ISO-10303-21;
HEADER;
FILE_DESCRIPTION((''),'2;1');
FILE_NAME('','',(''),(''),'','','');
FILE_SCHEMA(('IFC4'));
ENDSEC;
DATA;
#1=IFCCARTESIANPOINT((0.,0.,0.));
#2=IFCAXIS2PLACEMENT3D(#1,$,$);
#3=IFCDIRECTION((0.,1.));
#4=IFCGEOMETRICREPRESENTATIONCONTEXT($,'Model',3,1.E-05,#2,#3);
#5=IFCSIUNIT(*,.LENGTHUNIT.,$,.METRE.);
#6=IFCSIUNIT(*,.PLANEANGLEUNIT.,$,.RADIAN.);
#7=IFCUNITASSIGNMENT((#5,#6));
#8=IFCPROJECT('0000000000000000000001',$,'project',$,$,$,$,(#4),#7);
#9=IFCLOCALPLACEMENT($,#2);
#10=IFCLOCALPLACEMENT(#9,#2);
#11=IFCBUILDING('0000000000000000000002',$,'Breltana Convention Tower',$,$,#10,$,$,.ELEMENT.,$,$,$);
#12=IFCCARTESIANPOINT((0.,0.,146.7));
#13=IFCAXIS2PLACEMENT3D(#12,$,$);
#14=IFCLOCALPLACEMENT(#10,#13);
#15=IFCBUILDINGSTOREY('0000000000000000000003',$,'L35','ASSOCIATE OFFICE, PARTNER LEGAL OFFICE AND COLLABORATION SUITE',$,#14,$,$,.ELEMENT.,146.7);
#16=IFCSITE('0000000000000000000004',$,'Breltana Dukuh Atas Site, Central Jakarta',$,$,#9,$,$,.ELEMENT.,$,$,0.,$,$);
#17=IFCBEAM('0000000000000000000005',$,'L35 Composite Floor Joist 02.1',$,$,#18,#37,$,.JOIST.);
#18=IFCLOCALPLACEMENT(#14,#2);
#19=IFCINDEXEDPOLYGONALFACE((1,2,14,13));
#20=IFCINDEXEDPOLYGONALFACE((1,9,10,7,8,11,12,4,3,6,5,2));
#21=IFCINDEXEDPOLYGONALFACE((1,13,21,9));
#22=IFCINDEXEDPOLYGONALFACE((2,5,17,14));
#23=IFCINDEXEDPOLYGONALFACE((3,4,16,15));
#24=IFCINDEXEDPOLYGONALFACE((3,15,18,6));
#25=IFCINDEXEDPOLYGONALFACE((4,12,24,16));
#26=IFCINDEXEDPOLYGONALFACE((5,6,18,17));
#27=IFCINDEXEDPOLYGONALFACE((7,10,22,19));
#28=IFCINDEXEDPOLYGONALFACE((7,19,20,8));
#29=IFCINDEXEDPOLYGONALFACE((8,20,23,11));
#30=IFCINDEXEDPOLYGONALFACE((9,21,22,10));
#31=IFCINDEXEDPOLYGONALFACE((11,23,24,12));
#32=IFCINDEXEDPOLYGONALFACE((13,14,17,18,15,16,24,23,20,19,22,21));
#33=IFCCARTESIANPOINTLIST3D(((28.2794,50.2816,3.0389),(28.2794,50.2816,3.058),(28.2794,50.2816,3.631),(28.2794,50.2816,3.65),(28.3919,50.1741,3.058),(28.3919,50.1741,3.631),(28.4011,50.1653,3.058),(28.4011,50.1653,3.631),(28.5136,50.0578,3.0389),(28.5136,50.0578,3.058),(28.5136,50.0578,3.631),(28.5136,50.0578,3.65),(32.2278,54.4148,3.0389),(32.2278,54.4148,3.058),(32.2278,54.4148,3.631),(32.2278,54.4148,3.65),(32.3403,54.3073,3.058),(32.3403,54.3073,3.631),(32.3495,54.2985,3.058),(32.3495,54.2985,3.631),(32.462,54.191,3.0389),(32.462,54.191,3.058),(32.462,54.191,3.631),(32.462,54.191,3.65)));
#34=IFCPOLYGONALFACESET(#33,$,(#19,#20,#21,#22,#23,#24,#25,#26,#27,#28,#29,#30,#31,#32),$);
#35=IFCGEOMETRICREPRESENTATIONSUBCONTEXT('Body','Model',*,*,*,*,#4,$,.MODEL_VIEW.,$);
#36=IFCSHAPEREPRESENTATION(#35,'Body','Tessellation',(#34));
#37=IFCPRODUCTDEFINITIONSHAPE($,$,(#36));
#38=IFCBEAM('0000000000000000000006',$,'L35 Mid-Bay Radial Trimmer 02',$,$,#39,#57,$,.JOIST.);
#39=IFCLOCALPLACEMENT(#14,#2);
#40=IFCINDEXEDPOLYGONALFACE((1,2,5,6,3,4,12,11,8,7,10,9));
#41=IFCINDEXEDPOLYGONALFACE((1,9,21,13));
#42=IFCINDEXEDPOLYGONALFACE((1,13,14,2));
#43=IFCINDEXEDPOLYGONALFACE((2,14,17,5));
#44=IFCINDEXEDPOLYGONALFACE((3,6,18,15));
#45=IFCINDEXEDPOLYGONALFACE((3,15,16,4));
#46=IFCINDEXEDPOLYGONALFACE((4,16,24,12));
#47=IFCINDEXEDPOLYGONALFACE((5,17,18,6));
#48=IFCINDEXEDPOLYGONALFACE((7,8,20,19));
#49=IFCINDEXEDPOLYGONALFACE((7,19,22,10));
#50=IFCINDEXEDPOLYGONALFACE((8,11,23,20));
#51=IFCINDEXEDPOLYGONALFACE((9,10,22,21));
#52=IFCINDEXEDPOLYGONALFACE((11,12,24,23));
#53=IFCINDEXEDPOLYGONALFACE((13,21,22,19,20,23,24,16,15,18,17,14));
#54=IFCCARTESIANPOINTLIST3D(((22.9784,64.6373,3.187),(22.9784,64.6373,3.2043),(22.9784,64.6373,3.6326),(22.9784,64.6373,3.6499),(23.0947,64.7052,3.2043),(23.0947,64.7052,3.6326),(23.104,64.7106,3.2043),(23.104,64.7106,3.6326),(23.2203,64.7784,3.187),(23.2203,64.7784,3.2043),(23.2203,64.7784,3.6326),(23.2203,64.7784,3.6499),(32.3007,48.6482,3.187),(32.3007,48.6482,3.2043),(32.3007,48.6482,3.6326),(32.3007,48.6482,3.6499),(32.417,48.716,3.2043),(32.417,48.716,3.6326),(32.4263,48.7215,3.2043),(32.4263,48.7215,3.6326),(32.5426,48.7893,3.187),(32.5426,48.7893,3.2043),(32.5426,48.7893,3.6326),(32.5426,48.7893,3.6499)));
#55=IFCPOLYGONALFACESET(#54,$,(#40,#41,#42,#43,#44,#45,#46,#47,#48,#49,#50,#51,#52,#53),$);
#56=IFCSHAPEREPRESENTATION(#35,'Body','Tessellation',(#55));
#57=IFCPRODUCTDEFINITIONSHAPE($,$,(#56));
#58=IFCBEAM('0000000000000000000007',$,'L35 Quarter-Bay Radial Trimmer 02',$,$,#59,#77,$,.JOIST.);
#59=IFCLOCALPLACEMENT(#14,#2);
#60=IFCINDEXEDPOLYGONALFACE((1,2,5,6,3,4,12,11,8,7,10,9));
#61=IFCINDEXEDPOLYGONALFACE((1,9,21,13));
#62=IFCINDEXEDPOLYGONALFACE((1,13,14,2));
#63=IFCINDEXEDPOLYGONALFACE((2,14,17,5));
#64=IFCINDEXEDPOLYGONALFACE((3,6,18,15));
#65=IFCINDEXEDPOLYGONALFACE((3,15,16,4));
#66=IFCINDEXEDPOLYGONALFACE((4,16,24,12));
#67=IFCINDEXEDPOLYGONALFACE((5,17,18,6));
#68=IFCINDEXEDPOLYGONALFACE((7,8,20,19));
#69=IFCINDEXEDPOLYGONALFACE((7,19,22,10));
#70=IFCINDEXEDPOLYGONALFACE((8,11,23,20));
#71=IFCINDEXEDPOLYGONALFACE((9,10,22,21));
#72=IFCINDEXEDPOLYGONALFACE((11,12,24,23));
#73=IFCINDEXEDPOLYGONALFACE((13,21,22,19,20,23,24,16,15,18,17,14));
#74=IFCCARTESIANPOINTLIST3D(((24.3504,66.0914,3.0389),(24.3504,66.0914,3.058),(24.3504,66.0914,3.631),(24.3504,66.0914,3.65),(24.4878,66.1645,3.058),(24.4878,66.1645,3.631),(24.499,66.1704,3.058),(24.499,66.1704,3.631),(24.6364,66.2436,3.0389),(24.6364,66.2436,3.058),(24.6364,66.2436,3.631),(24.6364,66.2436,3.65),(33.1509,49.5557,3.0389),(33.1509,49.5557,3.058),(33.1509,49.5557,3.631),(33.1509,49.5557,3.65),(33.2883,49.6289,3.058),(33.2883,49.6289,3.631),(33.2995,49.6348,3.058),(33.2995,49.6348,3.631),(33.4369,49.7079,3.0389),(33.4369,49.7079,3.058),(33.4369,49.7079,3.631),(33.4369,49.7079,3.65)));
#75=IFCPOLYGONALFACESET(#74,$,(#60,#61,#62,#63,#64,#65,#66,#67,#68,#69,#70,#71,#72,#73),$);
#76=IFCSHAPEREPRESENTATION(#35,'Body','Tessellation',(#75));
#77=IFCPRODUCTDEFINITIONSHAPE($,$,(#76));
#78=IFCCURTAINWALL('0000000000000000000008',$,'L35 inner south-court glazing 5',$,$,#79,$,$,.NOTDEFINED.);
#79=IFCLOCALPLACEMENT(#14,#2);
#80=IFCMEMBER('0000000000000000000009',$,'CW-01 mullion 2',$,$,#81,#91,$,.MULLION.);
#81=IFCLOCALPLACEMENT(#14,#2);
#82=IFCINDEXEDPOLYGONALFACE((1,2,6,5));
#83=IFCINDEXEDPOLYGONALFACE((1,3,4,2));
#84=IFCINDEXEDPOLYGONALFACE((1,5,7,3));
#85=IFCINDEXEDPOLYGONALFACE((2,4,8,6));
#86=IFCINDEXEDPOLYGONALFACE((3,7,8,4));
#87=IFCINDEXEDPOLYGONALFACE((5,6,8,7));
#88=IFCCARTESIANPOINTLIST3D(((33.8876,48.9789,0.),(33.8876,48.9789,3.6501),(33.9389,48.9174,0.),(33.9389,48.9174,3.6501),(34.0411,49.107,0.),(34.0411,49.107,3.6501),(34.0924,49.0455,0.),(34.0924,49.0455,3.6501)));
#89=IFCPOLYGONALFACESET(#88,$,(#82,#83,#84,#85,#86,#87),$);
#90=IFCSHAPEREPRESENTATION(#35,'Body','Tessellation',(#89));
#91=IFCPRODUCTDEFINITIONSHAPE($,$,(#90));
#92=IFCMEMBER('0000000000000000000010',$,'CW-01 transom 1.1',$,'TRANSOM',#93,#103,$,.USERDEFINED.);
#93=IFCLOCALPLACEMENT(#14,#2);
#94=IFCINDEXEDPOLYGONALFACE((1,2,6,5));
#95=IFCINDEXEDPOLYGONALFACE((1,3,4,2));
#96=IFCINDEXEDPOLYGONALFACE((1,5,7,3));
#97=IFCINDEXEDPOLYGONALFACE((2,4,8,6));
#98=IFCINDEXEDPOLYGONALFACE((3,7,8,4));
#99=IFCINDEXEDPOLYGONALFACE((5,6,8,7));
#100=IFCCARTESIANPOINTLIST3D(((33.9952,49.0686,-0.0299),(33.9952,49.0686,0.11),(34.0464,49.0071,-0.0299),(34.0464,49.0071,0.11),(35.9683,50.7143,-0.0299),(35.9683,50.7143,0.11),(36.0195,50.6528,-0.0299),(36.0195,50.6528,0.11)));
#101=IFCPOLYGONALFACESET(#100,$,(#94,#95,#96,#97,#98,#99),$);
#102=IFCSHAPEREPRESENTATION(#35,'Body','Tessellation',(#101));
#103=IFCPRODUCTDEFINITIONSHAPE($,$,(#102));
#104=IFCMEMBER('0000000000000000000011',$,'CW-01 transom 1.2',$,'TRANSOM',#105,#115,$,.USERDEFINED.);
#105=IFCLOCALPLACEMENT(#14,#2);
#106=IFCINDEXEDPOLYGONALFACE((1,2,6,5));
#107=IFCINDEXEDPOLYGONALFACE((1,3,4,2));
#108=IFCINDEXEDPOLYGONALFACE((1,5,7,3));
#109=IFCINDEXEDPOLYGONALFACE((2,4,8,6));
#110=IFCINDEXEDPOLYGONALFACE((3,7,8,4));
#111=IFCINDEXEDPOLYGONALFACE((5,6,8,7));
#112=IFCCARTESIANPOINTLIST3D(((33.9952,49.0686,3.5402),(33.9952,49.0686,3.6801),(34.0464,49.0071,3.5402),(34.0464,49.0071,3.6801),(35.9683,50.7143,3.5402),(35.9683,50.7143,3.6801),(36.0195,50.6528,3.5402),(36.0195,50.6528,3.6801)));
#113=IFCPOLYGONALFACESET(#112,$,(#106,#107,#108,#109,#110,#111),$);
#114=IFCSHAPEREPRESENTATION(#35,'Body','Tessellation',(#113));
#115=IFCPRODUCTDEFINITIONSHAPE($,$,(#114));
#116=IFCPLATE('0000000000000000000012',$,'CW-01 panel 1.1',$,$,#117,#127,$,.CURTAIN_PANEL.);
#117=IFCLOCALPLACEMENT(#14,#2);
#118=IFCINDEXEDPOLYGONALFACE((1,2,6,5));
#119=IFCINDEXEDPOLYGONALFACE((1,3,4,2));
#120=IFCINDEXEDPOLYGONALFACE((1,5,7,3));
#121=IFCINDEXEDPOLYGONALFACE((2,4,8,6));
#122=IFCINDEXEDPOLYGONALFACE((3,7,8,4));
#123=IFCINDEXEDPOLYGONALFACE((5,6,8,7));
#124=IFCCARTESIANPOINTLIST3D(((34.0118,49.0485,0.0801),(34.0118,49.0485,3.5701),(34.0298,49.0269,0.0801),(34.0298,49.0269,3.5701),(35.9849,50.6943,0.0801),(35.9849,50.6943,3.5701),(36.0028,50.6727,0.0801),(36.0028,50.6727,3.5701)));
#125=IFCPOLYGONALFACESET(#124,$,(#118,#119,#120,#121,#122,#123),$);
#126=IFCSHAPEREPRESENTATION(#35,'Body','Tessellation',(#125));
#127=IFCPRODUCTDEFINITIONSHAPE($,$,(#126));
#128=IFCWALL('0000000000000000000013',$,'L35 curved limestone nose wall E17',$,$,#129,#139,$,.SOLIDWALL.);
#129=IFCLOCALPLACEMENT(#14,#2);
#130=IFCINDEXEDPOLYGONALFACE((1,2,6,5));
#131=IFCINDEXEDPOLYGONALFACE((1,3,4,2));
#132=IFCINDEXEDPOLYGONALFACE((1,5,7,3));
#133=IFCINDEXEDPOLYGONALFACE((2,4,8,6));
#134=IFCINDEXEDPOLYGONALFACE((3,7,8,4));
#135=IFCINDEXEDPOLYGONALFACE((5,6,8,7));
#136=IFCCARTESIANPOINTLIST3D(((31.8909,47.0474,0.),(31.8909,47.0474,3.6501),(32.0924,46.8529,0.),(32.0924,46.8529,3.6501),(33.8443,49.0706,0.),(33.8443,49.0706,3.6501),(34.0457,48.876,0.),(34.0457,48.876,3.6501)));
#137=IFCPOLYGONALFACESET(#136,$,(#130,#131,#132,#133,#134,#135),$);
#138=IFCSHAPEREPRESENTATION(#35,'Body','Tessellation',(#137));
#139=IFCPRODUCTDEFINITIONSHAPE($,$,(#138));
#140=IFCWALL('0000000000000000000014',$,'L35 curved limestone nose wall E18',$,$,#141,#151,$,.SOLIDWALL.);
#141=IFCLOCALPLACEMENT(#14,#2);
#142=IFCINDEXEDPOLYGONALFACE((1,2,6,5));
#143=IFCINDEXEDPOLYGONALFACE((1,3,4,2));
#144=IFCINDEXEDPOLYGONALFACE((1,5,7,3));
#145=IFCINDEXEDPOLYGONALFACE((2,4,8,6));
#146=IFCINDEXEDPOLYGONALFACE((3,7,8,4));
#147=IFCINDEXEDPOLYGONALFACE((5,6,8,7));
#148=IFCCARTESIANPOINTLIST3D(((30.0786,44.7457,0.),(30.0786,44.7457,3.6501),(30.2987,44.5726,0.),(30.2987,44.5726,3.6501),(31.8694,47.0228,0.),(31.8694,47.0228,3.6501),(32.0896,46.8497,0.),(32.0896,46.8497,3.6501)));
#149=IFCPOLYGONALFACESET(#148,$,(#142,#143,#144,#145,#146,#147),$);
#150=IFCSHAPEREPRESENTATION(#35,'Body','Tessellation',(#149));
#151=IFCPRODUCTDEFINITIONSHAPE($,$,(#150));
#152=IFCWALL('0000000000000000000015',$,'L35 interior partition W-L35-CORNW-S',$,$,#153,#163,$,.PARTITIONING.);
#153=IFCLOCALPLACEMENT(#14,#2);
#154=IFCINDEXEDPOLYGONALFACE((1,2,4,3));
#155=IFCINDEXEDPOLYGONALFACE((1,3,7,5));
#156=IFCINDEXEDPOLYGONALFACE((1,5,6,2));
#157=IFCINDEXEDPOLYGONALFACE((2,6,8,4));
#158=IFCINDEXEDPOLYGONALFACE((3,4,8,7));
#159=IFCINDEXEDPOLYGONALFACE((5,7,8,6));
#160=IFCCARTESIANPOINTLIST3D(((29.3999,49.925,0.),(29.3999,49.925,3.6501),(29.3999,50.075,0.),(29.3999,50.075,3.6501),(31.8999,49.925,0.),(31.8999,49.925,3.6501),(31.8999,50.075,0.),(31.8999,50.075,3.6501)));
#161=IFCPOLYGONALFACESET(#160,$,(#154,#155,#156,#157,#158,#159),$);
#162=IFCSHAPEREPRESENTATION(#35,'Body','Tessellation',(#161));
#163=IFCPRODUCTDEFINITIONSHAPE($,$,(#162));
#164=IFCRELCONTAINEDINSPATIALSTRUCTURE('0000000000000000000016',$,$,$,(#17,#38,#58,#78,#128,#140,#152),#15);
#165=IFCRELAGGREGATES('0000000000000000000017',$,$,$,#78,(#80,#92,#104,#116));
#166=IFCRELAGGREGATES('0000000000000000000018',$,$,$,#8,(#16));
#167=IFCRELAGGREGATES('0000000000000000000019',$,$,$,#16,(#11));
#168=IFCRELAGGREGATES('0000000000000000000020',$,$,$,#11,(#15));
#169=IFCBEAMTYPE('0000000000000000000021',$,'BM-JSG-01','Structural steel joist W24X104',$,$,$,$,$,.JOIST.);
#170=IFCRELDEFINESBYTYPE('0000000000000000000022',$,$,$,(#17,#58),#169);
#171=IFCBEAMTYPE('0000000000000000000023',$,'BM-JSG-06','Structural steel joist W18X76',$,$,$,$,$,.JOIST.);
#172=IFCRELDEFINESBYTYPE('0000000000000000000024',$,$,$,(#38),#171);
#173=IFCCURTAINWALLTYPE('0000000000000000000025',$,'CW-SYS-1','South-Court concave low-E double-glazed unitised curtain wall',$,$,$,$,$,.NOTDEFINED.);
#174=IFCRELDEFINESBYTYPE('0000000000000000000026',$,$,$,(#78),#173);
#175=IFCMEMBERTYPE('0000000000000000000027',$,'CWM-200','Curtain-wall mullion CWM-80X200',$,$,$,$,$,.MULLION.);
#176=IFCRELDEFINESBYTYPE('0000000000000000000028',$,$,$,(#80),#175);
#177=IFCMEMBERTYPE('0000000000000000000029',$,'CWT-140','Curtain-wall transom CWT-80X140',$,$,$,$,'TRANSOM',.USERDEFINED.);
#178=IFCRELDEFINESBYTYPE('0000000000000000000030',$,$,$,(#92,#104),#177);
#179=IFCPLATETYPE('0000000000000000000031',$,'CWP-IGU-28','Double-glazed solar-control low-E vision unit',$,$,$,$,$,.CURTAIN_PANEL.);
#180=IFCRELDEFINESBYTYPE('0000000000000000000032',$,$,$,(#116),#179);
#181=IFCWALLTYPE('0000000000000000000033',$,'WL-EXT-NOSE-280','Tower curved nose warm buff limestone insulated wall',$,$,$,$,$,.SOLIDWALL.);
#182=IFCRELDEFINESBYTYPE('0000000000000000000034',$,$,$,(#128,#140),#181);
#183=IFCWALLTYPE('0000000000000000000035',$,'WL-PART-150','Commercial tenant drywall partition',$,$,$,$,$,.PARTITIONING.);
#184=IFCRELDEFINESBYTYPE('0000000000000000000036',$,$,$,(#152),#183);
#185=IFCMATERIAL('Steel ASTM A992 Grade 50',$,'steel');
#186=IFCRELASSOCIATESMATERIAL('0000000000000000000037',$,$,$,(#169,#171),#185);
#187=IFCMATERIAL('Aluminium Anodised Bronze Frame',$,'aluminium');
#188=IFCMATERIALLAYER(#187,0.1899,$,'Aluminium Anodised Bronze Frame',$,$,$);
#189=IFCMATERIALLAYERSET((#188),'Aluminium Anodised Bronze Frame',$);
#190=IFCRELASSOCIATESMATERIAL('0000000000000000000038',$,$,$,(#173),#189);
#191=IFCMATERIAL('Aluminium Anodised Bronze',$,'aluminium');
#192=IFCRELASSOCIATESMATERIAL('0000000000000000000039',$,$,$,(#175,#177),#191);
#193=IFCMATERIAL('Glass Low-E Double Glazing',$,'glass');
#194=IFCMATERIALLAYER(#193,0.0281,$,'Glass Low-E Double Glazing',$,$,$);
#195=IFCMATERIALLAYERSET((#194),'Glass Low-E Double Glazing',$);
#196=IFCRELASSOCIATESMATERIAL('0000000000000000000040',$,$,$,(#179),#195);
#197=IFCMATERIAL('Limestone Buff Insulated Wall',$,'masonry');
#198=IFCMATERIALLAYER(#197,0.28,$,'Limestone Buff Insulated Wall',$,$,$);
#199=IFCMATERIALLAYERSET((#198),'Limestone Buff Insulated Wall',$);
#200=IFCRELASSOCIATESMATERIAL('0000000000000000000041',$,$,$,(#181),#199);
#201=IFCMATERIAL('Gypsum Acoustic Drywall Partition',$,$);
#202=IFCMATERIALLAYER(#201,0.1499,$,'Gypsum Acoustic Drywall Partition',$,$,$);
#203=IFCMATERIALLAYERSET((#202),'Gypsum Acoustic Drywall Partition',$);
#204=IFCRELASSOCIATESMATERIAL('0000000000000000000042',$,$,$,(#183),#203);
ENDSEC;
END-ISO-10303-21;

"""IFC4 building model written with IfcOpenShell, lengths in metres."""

from ifc_helpers import new_model, si_unit, direction, frame, frame_2d, origin, origin_2d, place, context, subcontext, project, spatial, rectangle, i_section, extrude, source, transform, mapped, material, layer, layer_set, material_profile, profile_set, type_object, element, aggregate, save


model = new_model("IFC4")

# Units and contexts
model_context = context("Model", 3, precision=1e-05, world=origin(), true_north=direction((0.0, 1.0)))
body_context = subcontext(model_context, "Body", "Model", "MODEL_VIEW")
ifc_project = project(units=[si_unit("LENGTHUNIT", "METRE"), si_unit("PLANEANGLEUNIT", "RADIAN")], contexts=[model_context])

# Site, building, storey
site_placement = place(None, origin())
site = spatial("IfcSite", under=ifc_project, at=site_placement, Name="Breltana Dukuh Atas Site, Central Jakarta", CompositionType="ELEMENT", RefElevation=0.0)
building_placement = place(site_placement, origin())
building = spatial("IfcBuilding", under=site, at=building_placement, Name="Breltana Convention Tower", CompositionType="ELEMENT")
storey_placement = place(building_placement, frame((0.0, 0.0, 146.7)))
storey = spatial("IfcBuildingStorey", under=building, at=storey_placement, Name="L35", Description="ASSOCIATE OFFICE, PARTNER LEGAL OFFICE AND COLLABORATION SUITE", CompositionType="ELEMENT", Elevation=146.7)

# Beams
ifc_material_1 = material(Name="Steel ASTM A992 Grade 50", Category="steel")
ifc_material_profile_1 = material_profile(ifc_material_1, i_section(OverallWidth=0.324, OverallDepth=0.6111, WebThickness=0.0127, FlangeThickness=0.019, at=origin_2d()), Name="W24X104")
ifc_profile_set_1 = profile_set([ifc_material_profile_1], Name="Steel ASTM A992 Grade 50")
beam_type_1 = type_object("IfcBeamType", Name="BM-JSG-01", Description="Structural steel joist W24X104", PredefinedType="JOIST", material=ifc_profile_set_1)
shared_shape_1 = source(origin(), body_context, "Body", "SweptSolid", [
    extrude(i_section(OverallWidth=0.324, OverallDepth=0.6111, WebThickness=0.0127, FlangeThickness=0.019, at=origin_2d()), origin(), (0.0, 0.0, 1.0), 5.7161),
])
beam_1_placement = place(storey_placement, frame((28.3965, 50.1697, 3.3445), z_axis=(0.690756, 0.723088, 0.0), x_axis=(-0.723088, 0.690756, 0.0)))
element("IfcBeam", 1, at=beam_1_placement, inside=storey, type_object=beam_type_1, Name="L35 Composite Floor Joist 02.1", PredefinedType="JOIST", context=body_context, shape_type="MappedRepresentation", body=[
    mapped(shared_shape_1, transform((0.0, 0.0, 0.0), scale=1.0)),
])
ifc_material_profile_2 = material_profile(ifc_material_1, i_section(OverallWidth=0.28, OverallDepth=0.4629, WebThickness=0.0107, FlangeThickness=0.0173, at=origin_2d()), Name="W18X76")
ifc_profile_set_2 = profile_set([ifc_material_profile_2], Name="Steel ASTM A992 Grade 50")
beam_type_2 = type_object("IfcBeamType", Name="BM-JSG-06", Description="Structural steel joist W18X76", PredefinedType="JOIST", material=ifc_profile_set_2)
shared_shape_2 = source(origin(), body_context, "Body", "SweptSolid", [
    extrude(i_section(OverallWidth=0.28, OverallDepth=0.4629, WebThickness=0.0107, FlangeThickness=0.0173, at=origin_2d()), origin(), (0.0, 0.0, 1.0), 18.5083),
])
beam_2_placement = place(storey_placement, frame((32.4216, 48.7188, 3.4185), z_axis=(-0.503683, 0.863888, 0.0), x_axis=(-0.863888, -0.503683, 0.0)))
element("IfcBeam", 2, at=beam_2_placement, inside=storey, type_object=beam_type_2, Name="L35 Mid-Bay Radial Trimmer 02", PredefinedType="JOIST", context=body_context, shape_type="MappedRepresentation", body=[
    mapped(shared_shape_2, transform((0.0, 0.0, 0.0), scale=1.0)),
])
shared_shape_3 = source(origin(), body_context, "Body", "SweptSolid", [
    extrude(i_section(OverallWidth=0.324, OverallDepth=0.6111, WebThickness=0.0127, FlangeThickness=0.019, at=origin_2d()), origin(), (0.0, 0.0, 1.0), 18.7317),
])
beam_3_placement = place(storey_placement, frame((33.2939, 49.6318, 3.3445), z_axis=(-0.46982, 0.882762, 0.0), x_axis=(-0.882762, -0.46982, 0.0)))
element("IfcBeam", 3, at=beam_3_placement, inside=storey, type_object=beam_type_1, Name="L35 Quarter-Bay Radial Trimmer 02", PredefinedType="JOIST", context=body_context, shape_type="MappedRepresentation", body=[
    mapped(shared_shape_3, transform((0.0, 0.0, 0.0), scale=1.0)),
])

# Curtain wall, members, plate
ifc_material_2 = material(Name="Aluminium Anodised Bronze Frame", Category="aluminium")
ifc_layer_1 = layer(ifc_material_2, 0.1899, Name="Aluminium Anodised Bronze Frame")
ifc_layer_set_1 = layer_set([ifc_layer_1], Name="Aluminium Anodised Bronze Frame")
curtain_wall_type = type_object("IfcCurtainWallType", Name="CW-SYS-1", Description="South-Court concave low-E double-glazed unitised curtain wall", PredefinedType="NOTDEFINED", material=ifc_layer_set_1)
curtain_wall_placement = place(storey_placement, origin())
curtain_wall = element("IfcCurtainWall", 4, at=curtain_wall_placement, inside=storey, type_object=curtain_wall_type, Name="L35 inner south-court glazing 5", PredefinedType="NOTDEFINED")
ifc_material_3 = material(Name="Aluminium Anodised Bronze", Category="aluminium")
ifc_material_profile_3 = material_profile(ifc_material_3, rectangle(XDim=0.0801, YDim=0.2, at=origin_2d()), Name="CWM-80X200")
ifc_profile_set_3 = profile_set([ifc_material_profile_3], Name="Aluminium Anodised Bronze")
member_type_1 = type_object("IfcMemberType", Name="CWM-200", Description="Curtain-wall mullion CWM-80X200", PredefinedType="MULLION", material=ifc_profile_set_3)
shared_shape_4 = source(origin(), body_context, "Body", "SweptSolid", [
    extrude(rectangle(XDim=0.0801, YDim=0.2, at=origin_2d()), origin(), (0.0, 0.0, 1.0), 3.6501),
])
member_1_placement = place(storey_placement, frame((33.99, 49.0122, 0.0), z_axis=(0.0, 0.0, 1.0), x_axis=(0.640537, -0.767927, 0.0)))
member_1 = element("IfcMember", 5, at=member_1_placement, type_object=member_type_1, Name="CW-01 mullion 2", PredefinedType="MULLION", context=body_context, shape_type="MappedRepresentation", body=[
    mapped(shared_shape_4, transform((0.0, 0.0, 0.0), scale=1.0)),
])
ifc_material_profile_4 = material_profile(ifc_material_3, rectangle(XDim=0.0801, YDim=0.1399, at=origin_2d()), Name="CWT-80X140")
ifc_profile_set_4 = profile_set([ifc_material_profile_4], Name="Aluminium Anodised Bronze")
member_type_2 = type_object("IfcMemberType", Name="CWT-140", Description="Curtain-wall transom CWT-80X140", ElementType="TRANSOM", PredefinedType="USERDEFINED", material=ifc_profile_set_4)
shared_shape_5 = source(origin(), body_context, "Body", "SweptSolid", [
    extrude(rectangle(XDim=0.0801, YDim=0.1399, at=origin_2d()), origin(), (0.0, 0.0, 1.0), 2.5693),
])
member_2_placement = place(storey_placement, frame((35.9939, 50.6836, 0.04), z_axis=(-0.767941, -0.640521, 0.0), x_axis=(0.640521, -0.767941, 0.0)))
member_2 = element("IfcMember", 6, at=member_2_placement, type_object=member_type_2, Name="CW-01 transom 1.1", ObjectType="TRANSOM", PredefinedType="USERDEFINED", context=body_context, shape_type="MappedRepresentation", body=[
    mapped(shared_shape_5, transform((0.0, 0.0, 0.0), scale=1.0)),
])
member_3_placement = place(storey_placement, frame((35.9939, 50.6836, 3.6101), z_axis=(-0.767941, -0.640521, 0.0), x_axis=(0.640521, -0.767941, 0.0)))
member_3 = element("IfcMember", 7, at=member_3_placement, type_object=member_type_2, Name="CW-01 transom 1.2", ObjectType="TRANSOM", PredefinedType="USERDEFINED", context=body_context, shape_type="MappedRepresentation", body=[
    mapped(shared_shape_5, transform((0.0, 0.0, 0.0), scale=1.0)),
])
ifc_material_4 = material(Name="Glass Low-E Double Glazing", Category="glass")
ifc_layer_2 = layer(ifc_material_4, 0.0281, Name="Glass Low-E Double Glazing")
ifc_layer_set_2 = layer_set([ifc_layer_2], Name="Glass Low-E Double Glazing")
plate_type = type_object("IfcPlateType", Name="CWP-IGU-28", Description="Double-glazed solar-control low-E vision unit", PredefinedType="CURTAIN_PANEL", material=ifc_layer_set_2)
shared_shape_6 = source(origin(), body_context, "Body", "SweptSolid", [
    extrude(rectangle(XDim=2.5693, YDim=0.0281, at=origin_2d()), origin(), (0.0, 0.0, 1.0), 3.49),
])
plate_placement = place(storey_placement, frame((35.0073, 49.8606, 0.0801), z_axis=(0.0, 0.0, 1.0), x_axis=(-0.767927, -0.640537, 0.0)))
plate = element("IfcPlate", 8, at=plate_placement, type_object=plate_type, Name="CW-01 panel 1.1", PredefinedType="CURTAIN_PANEL", context=body_context, shape_type="MappedRepresentation", body=[
    mapped(shared_shape_6, transform((0.0, 0.0, 0.0), scale=1.0)),
])
aggregate(curtain_wall, [member_1, member_2, member_3, plate])

# Walls
ifc_material_5 = material(Name="Limestone Buff Insulated Wall", Category="masonry")
ifc_layer_3 = layer(ifc_material_5, 0.28, Name="Limestone Buff Insulated Wall")
ifc_layer_set_3 = layer_set([ifc_layer_3], Name="Limestone Buff Insulated Wall")
wall_type_1 = type_object("IfcWallType", Name="WL-EXT-NOSE-280", Description="Tower curved nose warm buff limestone insulated wall", PredefinedType="SOLIDWALL", material=ifc_layer_set_3)
shared_shape_7 = source(origin(), body_context, "Body", "SweptSolid", [
    extrude(rectangle(XDim=2.8123, YDim=0.28, at=frame_2d((1.4062, 0.0))), origin(), (0.0, 0.0, 1.0), 3.6501),
])
wall_1_placement = place(storey_placement, frame((33.9451, 48.9734, 0.0), z_axis=(0.0, 0.0, 1.0), x_axis=(-0.694584, -0.719412, 0.0)))
element("IfcWall", 9, at=wall_1_placement, inside=storey, type_object=wall_type_1, Name="L35 curved limestone nose wall E17", PredefinedType="SOLIDWALL", context=body_context, shape_type="MappedRepresentation", body=[
    mapped(shared_shape_7, transform((0.0, 0.0, 0.0), scale=1.0)),
])
shared_shape_8 = source(origin(), body_context, "Body", "SweptSolid", [
    extrude(rectangle(XDim=2.897, YDim=0.28, at=frame_2d((1.4485, 0.0))), origin(), (0.0, 0.0, 1.0), 3.6501),
])
wall_2_placement = place(storey_placement, frame((31.9795, 46.9363, 0.0), z_axis=(0.0, 0.0, 1.0), x_axis=(-0.618168, -0.786046, 0.0)))
element("IfcWall", 10, at=wall_2_placement, inside=storey, type_object=wall_type_1, Name="L35 curved limestone nose wall E18", PredefinedType="SOLIDWALL", context=body_context, shape_type="MappedRepresentation", body=[
    mapped(shared_shape_8, transform((0.0, 0.0, 0.0), scale=1.0)),
])
ifc_material_6 = material(Name="Gypsum Acoustic Drywall Partition")
ifc_layer_4 = layer(ifc_material_6, 0.1499, Name="Gypsum Acoustic Drywall Partition")
ifc_layer_set_4 = layer_set([ifc_layer_4], Name="Gypsum Acoustic Drywall Partition")
wall_type_2 = type_object("IfcWallType", Name="WL-PART-150", Description="Commercial tenant drywall partition", PredefinedType="PARTITIONING", material=ifc_layer_set_4)
shared_shape_9 = source(origin(), body_context, "Body", "SweptSolid", [
    extrude(rectangle(XDim=2.5, YDim=0.1499, at=frame_2d((1.25, 0.0))), origin(), (0.0, 0.0, 1.0), 3.6501),
])
wall_3_placement = place(storey_placement, frame((29.3999, 50.0, 0.0), z_axis=(0.0, 0.0, 1.0), x_axis=(1.0, 0.0, 0.0)))
element("IfcWall", 11, at=wall_3_placement, inside=storey, type_object=wall_type_2, Name="L35 interior partition W-L35-CORNW-S", PredefinedType="PARTITIONING", context=body_context, shape_type="MappedRepresentation", body=[
    mapped(shared_shape_9, transform((0.0, 0.0, 0.0), scale=1.0)),
])

save(model, "model.ifc")
